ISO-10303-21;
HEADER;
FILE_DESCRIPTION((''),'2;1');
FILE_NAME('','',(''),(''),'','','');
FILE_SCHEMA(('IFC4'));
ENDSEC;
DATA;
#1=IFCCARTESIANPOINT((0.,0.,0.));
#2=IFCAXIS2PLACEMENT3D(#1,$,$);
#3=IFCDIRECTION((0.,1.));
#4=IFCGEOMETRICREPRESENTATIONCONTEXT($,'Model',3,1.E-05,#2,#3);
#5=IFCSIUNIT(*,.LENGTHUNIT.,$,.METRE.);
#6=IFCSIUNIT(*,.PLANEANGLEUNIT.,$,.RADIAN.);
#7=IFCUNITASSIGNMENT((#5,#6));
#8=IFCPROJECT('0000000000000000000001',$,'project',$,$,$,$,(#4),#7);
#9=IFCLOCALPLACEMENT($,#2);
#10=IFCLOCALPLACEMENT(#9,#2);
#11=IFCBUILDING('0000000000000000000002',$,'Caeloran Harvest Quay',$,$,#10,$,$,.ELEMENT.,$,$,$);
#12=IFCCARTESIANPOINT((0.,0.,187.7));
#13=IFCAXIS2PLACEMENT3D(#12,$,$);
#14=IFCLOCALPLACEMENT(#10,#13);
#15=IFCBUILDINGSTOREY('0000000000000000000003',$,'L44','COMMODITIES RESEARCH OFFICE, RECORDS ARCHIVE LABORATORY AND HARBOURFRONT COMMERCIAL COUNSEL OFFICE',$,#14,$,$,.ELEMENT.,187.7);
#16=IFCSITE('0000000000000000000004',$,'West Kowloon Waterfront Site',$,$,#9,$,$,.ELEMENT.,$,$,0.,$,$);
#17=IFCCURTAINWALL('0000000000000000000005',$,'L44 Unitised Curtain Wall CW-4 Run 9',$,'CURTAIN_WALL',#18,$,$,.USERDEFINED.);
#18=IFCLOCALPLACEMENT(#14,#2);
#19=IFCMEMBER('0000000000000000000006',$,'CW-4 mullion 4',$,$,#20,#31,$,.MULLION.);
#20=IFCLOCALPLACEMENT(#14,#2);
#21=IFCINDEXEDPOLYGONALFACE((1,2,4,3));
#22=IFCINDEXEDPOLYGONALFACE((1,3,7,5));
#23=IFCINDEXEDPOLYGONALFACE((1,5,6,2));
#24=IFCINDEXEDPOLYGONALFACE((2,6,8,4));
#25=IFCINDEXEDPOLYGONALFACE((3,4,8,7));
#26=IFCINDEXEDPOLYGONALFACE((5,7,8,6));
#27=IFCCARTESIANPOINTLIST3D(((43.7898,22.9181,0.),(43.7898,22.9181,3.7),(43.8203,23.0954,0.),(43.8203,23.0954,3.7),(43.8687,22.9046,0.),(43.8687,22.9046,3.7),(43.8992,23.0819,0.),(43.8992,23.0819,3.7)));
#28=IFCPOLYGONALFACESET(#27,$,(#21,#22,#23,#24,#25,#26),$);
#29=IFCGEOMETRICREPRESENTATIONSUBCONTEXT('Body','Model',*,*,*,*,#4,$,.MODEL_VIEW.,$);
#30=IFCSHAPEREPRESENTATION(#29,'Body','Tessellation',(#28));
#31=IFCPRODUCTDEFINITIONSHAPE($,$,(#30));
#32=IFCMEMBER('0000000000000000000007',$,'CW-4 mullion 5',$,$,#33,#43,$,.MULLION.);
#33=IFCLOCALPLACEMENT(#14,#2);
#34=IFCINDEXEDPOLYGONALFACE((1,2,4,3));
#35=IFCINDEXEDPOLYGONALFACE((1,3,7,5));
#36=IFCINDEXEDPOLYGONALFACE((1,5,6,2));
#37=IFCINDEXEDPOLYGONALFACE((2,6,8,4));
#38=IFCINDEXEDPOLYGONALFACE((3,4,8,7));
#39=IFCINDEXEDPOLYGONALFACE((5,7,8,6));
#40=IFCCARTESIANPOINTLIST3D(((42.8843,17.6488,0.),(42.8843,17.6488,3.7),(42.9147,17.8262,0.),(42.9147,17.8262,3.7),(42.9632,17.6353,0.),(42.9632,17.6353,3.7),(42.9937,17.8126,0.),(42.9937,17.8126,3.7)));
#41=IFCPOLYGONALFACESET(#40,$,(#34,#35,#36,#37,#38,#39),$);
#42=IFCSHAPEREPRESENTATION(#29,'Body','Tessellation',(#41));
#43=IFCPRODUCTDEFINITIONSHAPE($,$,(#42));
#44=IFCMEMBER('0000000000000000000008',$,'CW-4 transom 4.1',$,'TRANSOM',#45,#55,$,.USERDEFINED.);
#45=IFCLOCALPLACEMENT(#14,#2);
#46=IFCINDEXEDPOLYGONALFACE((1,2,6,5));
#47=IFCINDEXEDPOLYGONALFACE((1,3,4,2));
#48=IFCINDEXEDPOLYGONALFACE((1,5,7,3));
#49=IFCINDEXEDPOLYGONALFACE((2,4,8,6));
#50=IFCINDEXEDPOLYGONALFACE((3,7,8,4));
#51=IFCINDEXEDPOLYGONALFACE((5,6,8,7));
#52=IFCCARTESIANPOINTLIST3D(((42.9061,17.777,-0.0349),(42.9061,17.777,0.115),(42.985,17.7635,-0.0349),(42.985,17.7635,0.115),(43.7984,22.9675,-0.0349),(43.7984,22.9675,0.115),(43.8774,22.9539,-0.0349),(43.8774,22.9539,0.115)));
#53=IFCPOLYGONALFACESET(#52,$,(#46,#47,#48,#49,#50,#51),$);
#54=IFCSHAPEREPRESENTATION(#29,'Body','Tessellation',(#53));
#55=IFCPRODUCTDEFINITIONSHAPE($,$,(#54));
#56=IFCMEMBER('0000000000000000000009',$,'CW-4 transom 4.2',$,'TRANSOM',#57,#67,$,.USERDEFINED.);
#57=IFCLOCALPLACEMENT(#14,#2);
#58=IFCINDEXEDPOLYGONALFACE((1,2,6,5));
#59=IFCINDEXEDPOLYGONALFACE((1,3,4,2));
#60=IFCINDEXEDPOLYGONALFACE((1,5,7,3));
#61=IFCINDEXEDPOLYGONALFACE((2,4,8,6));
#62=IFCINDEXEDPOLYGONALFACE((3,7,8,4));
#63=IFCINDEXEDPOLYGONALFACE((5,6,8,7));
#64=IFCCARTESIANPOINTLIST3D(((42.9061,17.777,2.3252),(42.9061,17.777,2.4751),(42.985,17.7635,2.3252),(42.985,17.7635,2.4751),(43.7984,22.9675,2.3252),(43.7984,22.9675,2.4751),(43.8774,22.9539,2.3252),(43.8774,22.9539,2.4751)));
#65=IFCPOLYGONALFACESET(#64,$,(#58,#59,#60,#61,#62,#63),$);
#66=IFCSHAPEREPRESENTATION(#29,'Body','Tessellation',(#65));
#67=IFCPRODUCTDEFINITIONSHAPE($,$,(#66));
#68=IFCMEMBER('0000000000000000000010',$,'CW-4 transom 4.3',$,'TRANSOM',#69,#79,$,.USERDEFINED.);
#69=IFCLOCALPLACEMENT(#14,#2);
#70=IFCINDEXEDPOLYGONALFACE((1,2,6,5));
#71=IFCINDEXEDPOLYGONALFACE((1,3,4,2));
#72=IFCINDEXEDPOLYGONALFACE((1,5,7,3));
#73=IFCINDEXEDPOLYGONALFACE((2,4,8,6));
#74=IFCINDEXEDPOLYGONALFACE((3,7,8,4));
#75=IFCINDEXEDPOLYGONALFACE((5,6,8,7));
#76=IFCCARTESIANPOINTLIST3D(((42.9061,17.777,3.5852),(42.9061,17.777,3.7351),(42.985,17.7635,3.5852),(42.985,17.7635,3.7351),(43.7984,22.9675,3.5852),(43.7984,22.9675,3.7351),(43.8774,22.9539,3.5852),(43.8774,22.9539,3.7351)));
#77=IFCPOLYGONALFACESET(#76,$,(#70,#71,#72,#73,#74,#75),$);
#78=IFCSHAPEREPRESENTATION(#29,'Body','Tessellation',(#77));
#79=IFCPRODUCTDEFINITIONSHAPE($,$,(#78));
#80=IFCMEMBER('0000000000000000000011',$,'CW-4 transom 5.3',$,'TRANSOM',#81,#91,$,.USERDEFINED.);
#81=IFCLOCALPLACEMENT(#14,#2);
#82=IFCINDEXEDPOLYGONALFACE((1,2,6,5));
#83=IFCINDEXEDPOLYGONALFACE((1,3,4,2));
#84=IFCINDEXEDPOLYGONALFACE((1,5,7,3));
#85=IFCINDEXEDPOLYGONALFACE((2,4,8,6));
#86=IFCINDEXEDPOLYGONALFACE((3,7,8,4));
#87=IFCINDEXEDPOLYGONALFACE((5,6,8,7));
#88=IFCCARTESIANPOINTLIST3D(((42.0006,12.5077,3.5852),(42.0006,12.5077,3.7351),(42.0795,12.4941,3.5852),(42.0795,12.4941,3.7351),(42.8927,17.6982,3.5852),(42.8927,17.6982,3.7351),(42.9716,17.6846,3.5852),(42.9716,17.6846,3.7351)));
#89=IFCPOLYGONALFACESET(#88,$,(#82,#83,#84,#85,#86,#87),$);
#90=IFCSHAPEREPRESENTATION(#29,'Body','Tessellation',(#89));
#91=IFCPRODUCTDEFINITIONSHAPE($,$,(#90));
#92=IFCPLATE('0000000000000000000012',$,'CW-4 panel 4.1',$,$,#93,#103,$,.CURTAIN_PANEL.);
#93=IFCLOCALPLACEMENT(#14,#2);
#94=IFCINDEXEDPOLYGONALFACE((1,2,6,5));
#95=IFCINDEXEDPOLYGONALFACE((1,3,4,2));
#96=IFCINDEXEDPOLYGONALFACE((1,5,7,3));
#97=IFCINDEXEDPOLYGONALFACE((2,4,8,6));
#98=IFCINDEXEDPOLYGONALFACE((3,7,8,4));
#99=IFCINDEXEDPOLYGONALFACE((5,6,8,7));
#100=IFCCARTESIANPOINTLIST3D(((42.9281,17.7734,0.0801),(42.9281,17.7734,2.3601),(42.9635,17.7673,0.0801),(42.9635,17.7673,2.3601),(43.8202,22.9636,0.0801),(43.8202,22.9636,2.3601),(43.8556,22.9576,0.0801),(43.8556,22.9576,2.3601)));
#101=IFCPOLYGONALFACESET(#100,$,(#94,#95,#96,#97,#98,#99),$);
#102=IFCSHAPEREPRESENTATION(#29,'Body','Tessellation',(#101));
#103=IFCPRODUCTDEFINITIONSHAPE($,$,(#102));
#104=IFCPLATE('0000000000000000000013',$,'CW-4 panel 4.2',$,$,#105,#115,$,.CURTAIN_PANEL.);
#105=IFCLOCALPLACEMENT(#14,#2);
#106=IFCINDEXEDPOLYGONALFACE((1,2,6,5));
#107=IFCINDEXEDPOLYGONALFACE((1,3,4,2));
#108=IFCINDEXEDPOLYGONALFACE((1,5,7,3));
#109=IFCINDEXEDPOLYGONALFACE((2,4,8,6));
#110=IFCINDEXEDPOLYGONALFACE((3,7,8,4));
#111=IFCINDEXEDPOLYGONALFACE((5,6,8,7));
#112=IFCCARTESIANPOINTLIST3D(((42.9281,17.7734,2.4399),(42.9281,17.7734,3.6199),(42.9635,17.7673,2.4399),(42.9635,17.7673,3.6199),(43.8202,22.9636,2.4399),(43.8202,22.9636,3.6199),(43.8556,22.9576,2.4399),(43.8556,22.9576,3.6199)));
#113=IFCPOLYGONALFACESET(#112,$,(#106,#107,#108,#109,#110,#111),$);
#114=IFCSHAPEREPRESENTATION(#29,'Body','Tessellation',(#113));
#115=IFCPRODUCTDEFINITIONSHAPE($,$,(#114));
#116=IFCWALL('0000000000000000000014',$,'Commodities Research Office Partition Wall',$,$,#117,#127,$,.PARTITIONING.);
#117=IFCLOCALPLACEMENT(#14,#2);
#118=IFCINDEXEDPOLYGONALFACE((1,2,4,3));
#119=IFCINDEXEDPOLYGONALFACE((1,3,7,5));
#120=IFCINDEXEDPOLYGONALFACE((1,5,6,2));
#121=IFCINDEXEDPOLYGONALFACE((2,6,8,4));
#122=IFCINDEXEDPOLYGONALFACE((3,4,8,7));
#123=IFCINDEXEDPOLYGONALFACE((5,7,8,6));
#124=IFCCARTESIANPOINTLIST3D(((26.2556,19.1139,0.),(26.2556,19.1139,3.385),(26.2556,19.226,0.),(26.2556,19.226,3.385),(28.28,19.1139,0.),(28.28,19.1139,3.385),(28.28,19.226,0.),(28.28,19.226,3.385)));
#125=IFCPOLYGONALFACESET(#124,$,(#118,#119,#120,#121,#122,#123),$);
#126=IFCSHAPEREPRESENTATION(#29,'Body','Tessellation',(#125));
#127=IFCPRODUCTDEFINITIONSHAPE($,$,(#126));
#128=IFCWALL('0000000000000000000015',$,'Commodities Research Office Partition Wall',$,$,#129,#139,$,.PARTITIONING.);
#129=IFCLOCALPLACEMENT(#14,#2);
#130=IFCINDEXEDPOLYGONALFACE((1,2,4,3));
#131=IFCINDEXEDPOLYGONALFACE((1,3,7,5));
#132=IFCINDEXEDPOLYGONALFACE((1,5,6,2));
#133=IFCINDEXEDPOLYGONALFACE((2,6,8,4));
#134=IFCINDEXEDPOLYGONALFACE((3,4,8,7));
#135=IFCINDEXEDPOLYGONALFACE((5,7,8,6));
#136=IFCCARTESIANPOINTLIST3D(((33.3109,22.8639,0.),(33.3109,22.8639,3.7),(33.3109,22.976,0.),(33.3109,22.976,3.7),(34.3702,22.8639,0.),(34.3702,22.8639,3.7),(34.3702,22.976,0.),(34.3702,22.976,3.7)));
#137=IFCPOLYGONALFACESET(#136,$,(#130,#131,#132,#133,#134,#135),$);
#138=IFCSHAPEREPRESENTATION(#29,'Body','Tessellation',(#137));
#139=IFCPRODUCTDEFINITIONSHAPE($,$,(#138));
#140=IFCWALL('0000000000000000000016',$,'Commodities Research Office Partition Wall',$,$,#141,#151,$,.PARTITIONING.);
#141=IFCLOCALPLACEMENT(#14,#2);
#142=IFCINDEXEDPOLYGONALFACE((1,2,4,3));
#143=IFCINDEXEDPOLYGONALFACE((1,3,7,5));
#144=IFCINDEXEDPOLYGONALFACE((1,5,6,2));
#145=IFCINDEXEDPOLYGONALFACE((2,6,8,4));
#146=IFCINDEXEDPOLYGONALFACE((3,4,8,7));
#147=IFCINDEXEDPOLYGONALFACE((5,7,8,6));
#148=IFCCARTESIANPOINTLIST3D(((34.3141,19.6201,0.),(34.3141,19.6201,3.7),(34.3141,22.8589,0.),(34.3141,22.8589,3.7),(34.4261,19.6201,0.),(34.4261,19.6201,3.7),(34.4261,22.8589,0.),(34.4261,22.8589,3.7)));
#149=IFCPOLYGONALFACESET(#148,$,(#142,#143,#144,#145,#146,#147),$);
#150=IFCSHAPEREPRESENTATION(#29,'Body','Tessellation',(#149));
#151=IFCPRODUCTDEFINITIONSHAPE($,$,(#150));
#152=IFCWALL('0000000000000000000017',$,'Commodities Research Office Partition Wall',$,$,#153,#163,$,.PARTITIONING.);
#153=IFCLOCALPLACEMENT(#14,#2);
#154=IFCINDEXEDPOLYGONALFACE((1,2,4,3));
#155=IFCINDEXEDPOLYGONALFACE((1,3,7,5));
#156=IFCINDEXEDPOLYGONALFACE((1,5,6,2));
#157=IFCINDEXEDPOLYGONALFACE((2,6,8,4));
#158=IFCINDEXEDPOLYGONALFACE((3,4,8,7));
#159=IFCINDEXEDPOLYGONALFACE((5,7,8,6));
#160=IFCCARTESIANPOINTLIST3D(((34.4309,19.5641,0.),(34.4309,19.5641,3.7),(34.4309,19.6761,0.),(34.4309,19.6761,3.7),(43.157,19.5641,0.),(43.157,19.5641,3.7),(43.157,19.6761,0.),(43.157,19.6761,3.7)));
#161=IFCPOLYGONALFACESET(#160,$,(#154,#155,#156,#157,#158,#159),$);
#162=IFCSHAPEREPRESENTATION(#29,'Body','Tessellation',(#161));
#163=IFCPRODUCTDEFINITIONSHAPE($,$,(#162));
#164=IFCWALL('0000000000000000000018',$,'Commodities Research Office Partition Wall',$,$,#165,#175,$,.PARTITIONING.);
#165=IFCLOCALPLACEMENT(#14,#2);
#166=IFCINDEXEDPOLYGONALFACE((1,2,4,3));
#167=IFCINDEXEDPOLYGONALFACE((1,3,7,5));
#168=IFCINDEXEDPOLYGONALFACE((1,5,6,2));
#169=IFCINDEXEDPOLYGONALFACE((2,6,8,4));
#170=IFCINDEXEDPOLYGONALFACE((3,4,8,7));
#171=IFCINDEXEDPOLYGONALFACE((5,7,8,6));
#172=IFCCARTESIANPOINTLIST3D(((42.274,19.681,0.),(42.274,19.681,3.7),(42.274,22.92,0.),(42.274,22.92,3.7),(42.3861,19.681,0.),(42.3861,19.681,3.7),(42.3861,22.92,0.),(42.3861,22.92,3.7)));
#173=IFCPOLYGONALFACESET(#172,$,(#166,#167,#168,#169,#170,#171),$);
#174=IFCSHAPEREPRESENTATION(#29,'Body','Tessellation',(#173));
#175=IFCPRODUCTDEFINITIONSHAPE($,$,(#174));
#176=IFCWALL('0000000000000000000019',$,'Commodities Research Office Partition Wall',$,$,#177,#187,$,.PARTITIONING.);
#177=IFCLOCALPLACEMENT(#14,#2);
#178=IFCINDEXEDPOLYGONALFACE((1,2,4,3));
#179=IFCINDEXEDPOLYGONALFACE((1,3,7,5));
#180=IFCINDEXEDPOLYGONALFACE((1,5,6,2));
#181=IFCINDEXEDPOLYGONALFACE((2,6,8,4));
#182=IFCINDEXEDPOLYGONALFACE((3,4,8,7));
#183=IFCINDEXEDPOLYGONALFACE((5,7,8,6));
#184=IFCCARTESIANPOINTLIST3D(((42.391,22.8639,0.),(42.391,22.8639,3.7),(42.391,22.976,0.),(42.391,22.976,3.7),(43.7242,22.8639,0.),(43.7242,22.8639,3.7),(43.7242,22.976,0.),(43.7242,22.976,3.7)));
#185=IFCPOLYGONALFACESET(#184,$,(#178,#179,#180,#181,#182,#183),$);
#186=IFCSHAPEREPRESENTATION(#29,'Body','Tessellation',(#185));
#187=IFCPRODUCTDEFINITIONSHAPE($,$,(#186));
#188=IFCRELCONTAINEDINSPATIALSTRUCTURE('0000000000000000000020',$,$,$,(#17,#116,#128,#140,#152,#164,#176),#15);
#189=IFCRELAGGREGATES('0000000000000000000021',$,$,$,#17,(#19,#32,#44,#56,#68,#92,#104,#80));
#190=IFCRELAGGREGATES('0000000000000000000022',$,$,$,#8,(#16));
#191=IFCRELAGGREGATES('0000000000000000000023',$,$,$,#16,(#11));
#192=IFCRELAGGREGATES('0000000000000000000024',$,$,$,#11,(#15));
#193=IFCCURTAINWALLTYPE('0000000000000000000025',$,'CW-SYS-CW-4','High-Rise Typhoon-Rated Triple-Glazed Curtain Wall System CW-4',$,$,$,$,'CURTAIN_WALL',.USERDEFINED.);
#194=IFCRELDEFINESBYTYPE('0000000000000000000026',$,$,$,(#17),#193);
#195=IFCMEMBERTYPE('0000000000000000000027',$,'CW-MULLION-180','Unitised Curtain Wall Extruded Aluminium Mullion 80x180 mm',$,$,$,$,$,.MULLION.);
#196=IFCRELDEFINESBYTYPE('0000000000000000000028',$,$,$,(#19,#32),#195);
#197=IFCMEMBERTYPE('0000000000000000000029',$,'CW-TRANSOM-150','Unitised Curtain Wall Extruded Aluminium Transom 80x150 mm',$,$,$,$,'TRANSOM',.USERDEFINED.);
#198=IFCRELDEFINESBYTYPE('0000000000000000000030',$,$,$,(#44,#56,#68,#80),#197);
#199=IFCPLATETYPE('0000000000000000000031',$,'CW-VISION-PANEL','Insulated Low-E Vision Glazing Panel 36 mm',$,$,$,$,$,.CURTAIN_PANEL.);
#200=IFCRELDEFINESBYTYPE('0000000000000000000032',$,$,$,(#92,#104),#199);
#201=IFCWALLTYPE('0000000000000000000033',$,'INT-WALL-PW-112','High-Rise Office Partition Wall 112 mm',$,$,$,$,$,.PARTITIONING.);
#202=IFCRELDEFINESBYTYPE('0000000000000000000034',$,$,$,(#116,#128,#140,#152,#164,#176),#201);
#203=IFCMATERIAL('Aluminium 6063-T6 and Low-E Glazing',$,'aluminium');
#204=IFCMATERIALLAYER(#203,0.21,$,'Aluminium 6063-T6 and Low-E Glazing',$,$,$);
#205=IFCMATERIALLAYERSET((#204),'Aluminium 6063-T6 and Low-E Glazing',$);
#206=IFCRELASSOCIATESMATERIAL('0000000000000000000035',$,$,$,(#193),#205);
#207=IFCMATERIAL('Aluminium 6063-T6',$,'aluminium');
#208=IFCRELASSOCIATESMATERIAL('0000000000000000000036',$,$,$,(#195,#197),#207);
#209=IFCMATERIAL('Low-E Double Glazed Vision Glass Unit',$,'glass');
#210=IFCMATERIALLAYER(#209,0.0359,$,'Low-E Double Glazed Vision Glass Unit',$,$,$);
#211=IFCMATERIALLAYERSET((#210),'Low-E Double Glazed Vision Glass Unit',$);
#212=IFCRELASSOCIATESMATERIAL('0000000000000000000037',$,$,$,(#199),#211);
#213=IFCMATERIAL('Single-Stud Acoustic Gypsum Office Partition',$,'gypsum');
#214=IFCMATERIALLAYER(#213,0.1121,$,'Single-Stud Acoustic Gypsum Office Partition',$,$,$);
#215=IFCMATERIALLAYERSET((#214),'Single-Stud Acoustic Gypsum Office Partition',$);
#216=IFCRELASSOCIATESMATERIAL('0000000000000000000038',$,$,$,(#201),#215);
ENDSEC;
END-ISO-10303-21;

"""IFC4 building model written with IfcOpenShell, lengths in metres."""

from ifc_helpers import new_model, si_unit, direction, frame, frame_2d, origin, origin_2d, place, context, subcontext, project, spatial, rectangle, extrude, material, layer, layer_set, material_profile, profile_set, type_object, element, aggregate, save


model = new_model("IFC4")

# Units and contexts
model_context = context("Model", 3, precision=1e-05, world=origin(), true_north=direction((0.0, 1.0)))
body_context = subcontext(model_context, "Body", "Model", "MODEL_VIEW")
ifc_project = project(units=[si_unit("LENGTHUNIT", "METRE"), si_unit("PLANEANGLEUNIT", "RADIAN")], contexts=[model_context])

# Site, building, storey
site_placement = place(None, origin())
site = spatial("IfcSite", under=ifc_project, at=site_placement, Name="West Kowloon Waterfront Site", CompositionType="ELEMENT", RefElevation=0.0)
building_placement = place(site_placement, origin())
building = spatial("IfcBuilding", under=site, at=building_placement, Name="Caeloran Harvest Quay", CompositionType="ELEMENT")
storey_placement = place(building_placement, frame((0.0, 0.0, 187.7)))
storey = spatial("IfcBuildingStorey", under=building, at=storey_placement, Name="L44", Description="COMMODITIES RESEARCH OFFICE, RECORDS ARCHIVE LABORATORY AND HARBOURFRONT COMMERCIAL COUNSEL OFFICE", CompositionType="ELEMENT", Elevation=187.7)

# Curtain wall, members, plates
ifc_material_1 = material(Name="Aluminium 6063-T6 and Low-E Glazing", Category="aluminium")
ifc_layer_1 = layer(ifc_material_1, 0.21, Name="Aluminium 6063-T6 and Low-E Glazing")
ifc_layer_set_1 = layer_set([ifc_layer_1], Name="Aluminium 6063-T6 and Low-E Glazing")
curtain_wall_type = type_object("IfcCurtainWallType", Name="CW-SYS-CW-4", Description="High-Rise Typhoon-Rated Triple-Glazed Curtain Wall System CW-4", ElementType="CURTAIN_WALL", PredefinedType="USERDEFINED", material=ifc_layer_set_1)
curtain_wall_placement = place(storey_placement, origin())
curtain_wall = element("IfcCurtainWall", 1, at=curtain_wall_placement, inside=storey, type_object=curtain_wall_type, Name="L44 Unitised Curtain Wall CW-4 Run 9", ObjectType="CURTAIN_WALL", PredefinedType="USERDEFINED")
ifc_material_2 = material(Name="Aluminium 6063-T6", Category="aluminium")
ifc_material_profile_1 = material_profile(ifc_material_2, rectangle(XDim=0.0801, YDim=0.1799, at=origin_2d()), Name="CW-MULLION-180")
ifc_profile_set_1 = profile_set([ifc_material_profile_1], Name="Aluminium 6063-T6")
member_type_1 = type_object("IfcMemberType", Name="CW-MULLION-180", Description="Unitised Curtain Wall Extruded Aluminium Mullion 80x180 mm", PredefinedType="MULLION", material=ifc_profile_set_1)
member_1_placement = place(storey_placement, frame((43.8445, 23.0, 0.0), z_axis=(0.0, 0.0, 1.0), x_axis=(0.985549, -0.169392, 0.0)))
member_1 = element("IfcMember", 2, at=member_1_placement, type_object=member_type_1, Name="CW-4 mullion 4", PredefinedType="MULLION", context=body_context, shape_type="SweptSolid", body=[
    extrude(rectangle(XDim=0.0801, YDim=0.1799, at=origin_2d()), origin(), (0.0, 0.0, 1.0), 3.7),
])
member_2_placement = place(storey_placement, frame((42.939, 17.7307, 0.0), z_axis=(0.0, 0.0, 1.0), x_axis=(0.985549, -0.169392, 0.0)))
member_2 = element("IfcMember", 3, at=member_2_placement, type_object=member_type_1, Name="CW-4 mullion 5", PredefinedType="MULLION", context=body_context, shape_type="SweptSolid", body=[
    extrude(rectangle(XDim=0.0801, YDim=0.1799, at=origin_2d()), origin(), (0.0, 0.0, 1.0), 3.7),
])
ifc_material_profile_2 = material_profile(ifc_material_2, rectangle(XDim=0.0801, YDim=0.1499, at=origin_2d()), Name="CW-TRANSOM-150")
ifc_profile_set_2 = profile_set([ifc_material_profile_2], Name="Aluminium 6063-T6")
member_type_2 = type_object("IfcMemberType", Name="CW-TRANSOM-150", Description="Unitised Curtain Wall Extruded Aluminium Transom 80x150 mm", ElementType="TRANSOM", PredefinedType="USERDEFINED", material=ifc_profile_set_2)
member_3_placement = place(storey_placement, frame((43.8379, 22.9607, 0.04), z_axis=(-0.169433, -0.985542, 0.0), x_axis=(0.985542, -0.169433, 0.0)))
member_3 = element("IfcMember", 4, at=member_3_placement, type_object=member_type_2, Name="CW-4 transom 4.1", ObjectType="TRANSOM", PredefinedType="USERDEFINED", context=body_context, shape_type="SweptSolid", body=[
    extrude(rectangle(XDim=0.0801, YDim=0.1499, at=origin_2d()), origin(), (0.0, 0.0, 1.0), 5.2666),
])
member_4_placement = place(storey_placement, frame((43.8379, 22.9607, 2.4001), z_axis=(-0.169433, -0.985542, 0.0), x_axis=(0.985542, -0.169433, 0.0)))
member_4 = element("IfcMember", 5, at=member_4_placement, type_object=member_type_2, Name="CW-4 transom 4.2", ObjectType="TRANSOM", PredefinedType="USERDEFINED", context=body_context, shape_type="SweptSolid", body=[
    extrude(rectangle(XDim=0.0801, YDim=0.1499, at=origin_2d()), origin(), (0.0, 0.0, 1.0), 5.2666),
])
member_5_placement = place(storey_placement, frame((43.8379, 22.9607, 3.6602), z_axis=(-0.169433, -0.985542, 0.0), x_axis=(0.985542, -0.169433, 0.0)))
member_5 = element("IfcMember", 6, at=member_5_placement, type_object=member_type_2, Name="CW-4 transom 4.3", ObjectType="TRANSOM", PredefinedType="USERDEFINED", context=body_context, shape_type="SweptSolid", body=[
    extrude(rectangle(XDim=0.0801, YDim=0.1499, at=origin_2d()), origin(), (0.0, 0.0, 1.0), 5.2666),
])
member_6_placement = place(storey_placement, frame((42.9321, 17.6914, 3.6602), z_axis=(-0.169388, -0.985549, 0.0), x_axis=(0.985549, -0.169388, 0.0)))
member_6 = element("IfcMember", 7, at=member_6_placement, type_object=member_type_2, Name="CW-4 transom 5.3", ObjectType="TRANSOM", PredefinedType="USERDEFINED", context=body_context, shape_type="SweptSolid", body=[
    extrude(rectangle(XDim=0.0801, YDim=0.1499, at=origin_2d()), origin(), (0.0, 0.0, 1.0), 5.2666),
])
ifc_material_3 = material(Name="Low-E Double Glazed Vision Glass Unit", Category="glass")
ifc_layer_2 = layer(ifc_material_3, 0.0359, Name="Low-E Double Glazed Vision Glass Unit")
ifc_layer_set_2 = layer_set([ifc_layer_2], Name="Low-E Double Glazed Vision Glass Unit")
plate_type = type_object("IfcPlateType", Name="CW-VISION-PANEL", Description="Insulated Low-E Vision Glazing Panel 36 mm", PredefinedType="CURTAIN_PANEL", material=ifc_layer_set_2)
plate_1_placement = place(storey_placement, frame((43.3918, 20.3655, 0.0801), z_axis=(0.0, 0.0, 1.0), x_axis=(-0.169392, -0.985549, 0.0)))
plate_1 = element("IfcPlate", 8, at=plate_1_placement, type_object=plate_type, Name="CW-4 panel 4.1", PredefinedType="CURTAIN_PANEL", context=body_context, shape_type="SweptSolid", body=[
    extrude(rectangle(XDim=5.2664, YDim=0.0359, at=origin_2d()), origin(), (0.0, 0.0, 1.0), 2.28),
])
plate_2_placement = place(storey_placement, frame((43.3918, 20.3655, 2.4399), z_axis=(0.0, 0.0, 1.0), x_axis=(-0.169392, -0.985549, 0.0)))
plate_2 = element("IfcPlate", 9, at=plate_2_placement, type_object=plate_type, Name="CW-4 panel 4.2", PredefinedType="CURTAIN_PANEL", context=body_context, shape_type="SweptSolid", body=[
    extrude(rectangle(XDim=5.2664, YDim=0.0359, at=origin_2d()), origin(), (0.0, 0.0, 1.0), 1.1799),
])
aggregate(curtain_wall, [member_1, member_2, member_3, member_4, member_5, plate_1, plate_2, member_6])

# Walls
ifc_material_4 = material(Name="Single-Stud Acoustic Gypsum Office Partition", Category="gypsum")
ifc_layer_3 = layer(ifc_material_4, 0.1121, Name="Single-Stud Acoustic Gypsum Office Partition")
ifc_layer_set_3 = layer_set([ifc_layer_3], Name="Single-Stud Acoustic Gypsum Office Partition")
wall_type_1 = type_object("IfcWallType", Name="INT-WALL-PW-112", Description="High-Rise Office Partition Wall 112 mm", PredefinedType="PARTITIONING", material=ifc_layer_set_3)
wall_1_placement = place(storey_placement, frame((26.2556, 19.1699, 0.0), z_axis=(0.0, 0.0, 1.0), x_axis=(1.0, 0.0, 0.0)))
element("IfcWall", 10, at=wall_1_placement, inside=storey, type_object=wall_type_1, Name="Commodities Research Office Partition Wall", PredefinedType="PARTITIONING", context=body_context, shape_type="SweptSolid", body=[
    extrude(rectangle(XDim=2.0244, YDim=0.1121, at=frame_2d((1.0122, 0.0))), origin(), (0.0, 0.0, 1.0), 3.385),
])
wall_2_placement = place(storey_placement, frame((33.3108, 22.9199, 0.0), z_axis=(0.0, 0.0, 1.0), x_axis=(1.0, 0.0, 0.0)))
element("IfcWall", 11, at=wall_2_placement, inside=storey, type_object=wall_type_1, Name="Commodities Research Office Partition Wall", PredefinedType="PARTITIONING", context=body_context, shape_type="SweptSolid", body=[
    extrude(rectangle(XDim=1.0593, YDim=0.1121, at=frame_2d((0.5298, 0.0))), origin(), (0.0, 0.0, 1.0), 3.7),
])
wall_3_placement = place(storey_placement, frame((34.3701, 22.8589, 0.0), z_axis=(0.0, 0.0, 1.0), x_axis=(0.0, -1.0, 0.0)))
element("IfcWall", 12, at=wall_3_placement, inside=storey, type_object=wall_type_1, Name="Commodities Research Office Partition Wall", PredefinedType="PARTITIONING", context=body_context, shape_type="SweptSolid", body=[
    extrude(rectangle(XDim=3.2388, YDim=0.1121, at=frame_2d((1.6194, 0.0))), origin(), (0.0, 0.0, 1.0), 3.7),
])
wall_4_placement = place(storey_placement, frame((34.4309, 19.6201, 0.0), z_axis=(0.0, 0.0, 1.0), x_axis=(1.0, 0.0, 0.0)))
element("IfcWall", 13, at=wall_4_placement, inside=storey, type_object=wall_type_1, Name="Commodities Research Office Partition Wall", PredefinedType="PARTITIONING", context=body_context, shape_type="SweptSolid", body=[
    extrude(rectangle(XDim=8.7261, YDim=0.1121, at=frame_2d((4.363, 0.0))), origin(), (0.0, 0.0, 1.0), 3.7),
])
wall_5_placement = place(storey_placement, frame((42.3301, 19.6809, 0.0), z_axis=(0.0, 0.0, 1.0), x_axis=(0.0, 1.0, 0.0)))
element("IfcWall", 14, at=wall_5_placement, inside=storey, type_object=wall_type_1, Name="Commodities Research Office Partition Wall", PredefinedType="PARTITIONING", context=body_context, shape_type="SweptSolid", body=[
    extrude(rectangle(XDim=3.239, YDim=0.1121, at=frame_2d((1.6196, 0.0))), origin(), (0.0, 0.0, 1.0), 3.7),
])
wall_6_placement = place(storey_placement, frame((42.3911, 22.9199, 0.0), z_axis=(0.0, 0.0, 1.0), x_axis=(1.0, 0.0, 0.0)))
element("IfcWall", 15, at=wall_6_placement, inside=storey, type_object=wall_type_1, Name="Commodities Research Office Partition Wall", PredefinedType="PARTITIONING", context=body_context, shape_type="SweptSolid", body=[
    extrude(rectangle(XDim=1.3333, YDim=0.1121, at=frame_2d((0.6665, 0.0))), origin(), (0.0, 0.0, 1.0), 3.7),
])

save(model, "model.ifc")
